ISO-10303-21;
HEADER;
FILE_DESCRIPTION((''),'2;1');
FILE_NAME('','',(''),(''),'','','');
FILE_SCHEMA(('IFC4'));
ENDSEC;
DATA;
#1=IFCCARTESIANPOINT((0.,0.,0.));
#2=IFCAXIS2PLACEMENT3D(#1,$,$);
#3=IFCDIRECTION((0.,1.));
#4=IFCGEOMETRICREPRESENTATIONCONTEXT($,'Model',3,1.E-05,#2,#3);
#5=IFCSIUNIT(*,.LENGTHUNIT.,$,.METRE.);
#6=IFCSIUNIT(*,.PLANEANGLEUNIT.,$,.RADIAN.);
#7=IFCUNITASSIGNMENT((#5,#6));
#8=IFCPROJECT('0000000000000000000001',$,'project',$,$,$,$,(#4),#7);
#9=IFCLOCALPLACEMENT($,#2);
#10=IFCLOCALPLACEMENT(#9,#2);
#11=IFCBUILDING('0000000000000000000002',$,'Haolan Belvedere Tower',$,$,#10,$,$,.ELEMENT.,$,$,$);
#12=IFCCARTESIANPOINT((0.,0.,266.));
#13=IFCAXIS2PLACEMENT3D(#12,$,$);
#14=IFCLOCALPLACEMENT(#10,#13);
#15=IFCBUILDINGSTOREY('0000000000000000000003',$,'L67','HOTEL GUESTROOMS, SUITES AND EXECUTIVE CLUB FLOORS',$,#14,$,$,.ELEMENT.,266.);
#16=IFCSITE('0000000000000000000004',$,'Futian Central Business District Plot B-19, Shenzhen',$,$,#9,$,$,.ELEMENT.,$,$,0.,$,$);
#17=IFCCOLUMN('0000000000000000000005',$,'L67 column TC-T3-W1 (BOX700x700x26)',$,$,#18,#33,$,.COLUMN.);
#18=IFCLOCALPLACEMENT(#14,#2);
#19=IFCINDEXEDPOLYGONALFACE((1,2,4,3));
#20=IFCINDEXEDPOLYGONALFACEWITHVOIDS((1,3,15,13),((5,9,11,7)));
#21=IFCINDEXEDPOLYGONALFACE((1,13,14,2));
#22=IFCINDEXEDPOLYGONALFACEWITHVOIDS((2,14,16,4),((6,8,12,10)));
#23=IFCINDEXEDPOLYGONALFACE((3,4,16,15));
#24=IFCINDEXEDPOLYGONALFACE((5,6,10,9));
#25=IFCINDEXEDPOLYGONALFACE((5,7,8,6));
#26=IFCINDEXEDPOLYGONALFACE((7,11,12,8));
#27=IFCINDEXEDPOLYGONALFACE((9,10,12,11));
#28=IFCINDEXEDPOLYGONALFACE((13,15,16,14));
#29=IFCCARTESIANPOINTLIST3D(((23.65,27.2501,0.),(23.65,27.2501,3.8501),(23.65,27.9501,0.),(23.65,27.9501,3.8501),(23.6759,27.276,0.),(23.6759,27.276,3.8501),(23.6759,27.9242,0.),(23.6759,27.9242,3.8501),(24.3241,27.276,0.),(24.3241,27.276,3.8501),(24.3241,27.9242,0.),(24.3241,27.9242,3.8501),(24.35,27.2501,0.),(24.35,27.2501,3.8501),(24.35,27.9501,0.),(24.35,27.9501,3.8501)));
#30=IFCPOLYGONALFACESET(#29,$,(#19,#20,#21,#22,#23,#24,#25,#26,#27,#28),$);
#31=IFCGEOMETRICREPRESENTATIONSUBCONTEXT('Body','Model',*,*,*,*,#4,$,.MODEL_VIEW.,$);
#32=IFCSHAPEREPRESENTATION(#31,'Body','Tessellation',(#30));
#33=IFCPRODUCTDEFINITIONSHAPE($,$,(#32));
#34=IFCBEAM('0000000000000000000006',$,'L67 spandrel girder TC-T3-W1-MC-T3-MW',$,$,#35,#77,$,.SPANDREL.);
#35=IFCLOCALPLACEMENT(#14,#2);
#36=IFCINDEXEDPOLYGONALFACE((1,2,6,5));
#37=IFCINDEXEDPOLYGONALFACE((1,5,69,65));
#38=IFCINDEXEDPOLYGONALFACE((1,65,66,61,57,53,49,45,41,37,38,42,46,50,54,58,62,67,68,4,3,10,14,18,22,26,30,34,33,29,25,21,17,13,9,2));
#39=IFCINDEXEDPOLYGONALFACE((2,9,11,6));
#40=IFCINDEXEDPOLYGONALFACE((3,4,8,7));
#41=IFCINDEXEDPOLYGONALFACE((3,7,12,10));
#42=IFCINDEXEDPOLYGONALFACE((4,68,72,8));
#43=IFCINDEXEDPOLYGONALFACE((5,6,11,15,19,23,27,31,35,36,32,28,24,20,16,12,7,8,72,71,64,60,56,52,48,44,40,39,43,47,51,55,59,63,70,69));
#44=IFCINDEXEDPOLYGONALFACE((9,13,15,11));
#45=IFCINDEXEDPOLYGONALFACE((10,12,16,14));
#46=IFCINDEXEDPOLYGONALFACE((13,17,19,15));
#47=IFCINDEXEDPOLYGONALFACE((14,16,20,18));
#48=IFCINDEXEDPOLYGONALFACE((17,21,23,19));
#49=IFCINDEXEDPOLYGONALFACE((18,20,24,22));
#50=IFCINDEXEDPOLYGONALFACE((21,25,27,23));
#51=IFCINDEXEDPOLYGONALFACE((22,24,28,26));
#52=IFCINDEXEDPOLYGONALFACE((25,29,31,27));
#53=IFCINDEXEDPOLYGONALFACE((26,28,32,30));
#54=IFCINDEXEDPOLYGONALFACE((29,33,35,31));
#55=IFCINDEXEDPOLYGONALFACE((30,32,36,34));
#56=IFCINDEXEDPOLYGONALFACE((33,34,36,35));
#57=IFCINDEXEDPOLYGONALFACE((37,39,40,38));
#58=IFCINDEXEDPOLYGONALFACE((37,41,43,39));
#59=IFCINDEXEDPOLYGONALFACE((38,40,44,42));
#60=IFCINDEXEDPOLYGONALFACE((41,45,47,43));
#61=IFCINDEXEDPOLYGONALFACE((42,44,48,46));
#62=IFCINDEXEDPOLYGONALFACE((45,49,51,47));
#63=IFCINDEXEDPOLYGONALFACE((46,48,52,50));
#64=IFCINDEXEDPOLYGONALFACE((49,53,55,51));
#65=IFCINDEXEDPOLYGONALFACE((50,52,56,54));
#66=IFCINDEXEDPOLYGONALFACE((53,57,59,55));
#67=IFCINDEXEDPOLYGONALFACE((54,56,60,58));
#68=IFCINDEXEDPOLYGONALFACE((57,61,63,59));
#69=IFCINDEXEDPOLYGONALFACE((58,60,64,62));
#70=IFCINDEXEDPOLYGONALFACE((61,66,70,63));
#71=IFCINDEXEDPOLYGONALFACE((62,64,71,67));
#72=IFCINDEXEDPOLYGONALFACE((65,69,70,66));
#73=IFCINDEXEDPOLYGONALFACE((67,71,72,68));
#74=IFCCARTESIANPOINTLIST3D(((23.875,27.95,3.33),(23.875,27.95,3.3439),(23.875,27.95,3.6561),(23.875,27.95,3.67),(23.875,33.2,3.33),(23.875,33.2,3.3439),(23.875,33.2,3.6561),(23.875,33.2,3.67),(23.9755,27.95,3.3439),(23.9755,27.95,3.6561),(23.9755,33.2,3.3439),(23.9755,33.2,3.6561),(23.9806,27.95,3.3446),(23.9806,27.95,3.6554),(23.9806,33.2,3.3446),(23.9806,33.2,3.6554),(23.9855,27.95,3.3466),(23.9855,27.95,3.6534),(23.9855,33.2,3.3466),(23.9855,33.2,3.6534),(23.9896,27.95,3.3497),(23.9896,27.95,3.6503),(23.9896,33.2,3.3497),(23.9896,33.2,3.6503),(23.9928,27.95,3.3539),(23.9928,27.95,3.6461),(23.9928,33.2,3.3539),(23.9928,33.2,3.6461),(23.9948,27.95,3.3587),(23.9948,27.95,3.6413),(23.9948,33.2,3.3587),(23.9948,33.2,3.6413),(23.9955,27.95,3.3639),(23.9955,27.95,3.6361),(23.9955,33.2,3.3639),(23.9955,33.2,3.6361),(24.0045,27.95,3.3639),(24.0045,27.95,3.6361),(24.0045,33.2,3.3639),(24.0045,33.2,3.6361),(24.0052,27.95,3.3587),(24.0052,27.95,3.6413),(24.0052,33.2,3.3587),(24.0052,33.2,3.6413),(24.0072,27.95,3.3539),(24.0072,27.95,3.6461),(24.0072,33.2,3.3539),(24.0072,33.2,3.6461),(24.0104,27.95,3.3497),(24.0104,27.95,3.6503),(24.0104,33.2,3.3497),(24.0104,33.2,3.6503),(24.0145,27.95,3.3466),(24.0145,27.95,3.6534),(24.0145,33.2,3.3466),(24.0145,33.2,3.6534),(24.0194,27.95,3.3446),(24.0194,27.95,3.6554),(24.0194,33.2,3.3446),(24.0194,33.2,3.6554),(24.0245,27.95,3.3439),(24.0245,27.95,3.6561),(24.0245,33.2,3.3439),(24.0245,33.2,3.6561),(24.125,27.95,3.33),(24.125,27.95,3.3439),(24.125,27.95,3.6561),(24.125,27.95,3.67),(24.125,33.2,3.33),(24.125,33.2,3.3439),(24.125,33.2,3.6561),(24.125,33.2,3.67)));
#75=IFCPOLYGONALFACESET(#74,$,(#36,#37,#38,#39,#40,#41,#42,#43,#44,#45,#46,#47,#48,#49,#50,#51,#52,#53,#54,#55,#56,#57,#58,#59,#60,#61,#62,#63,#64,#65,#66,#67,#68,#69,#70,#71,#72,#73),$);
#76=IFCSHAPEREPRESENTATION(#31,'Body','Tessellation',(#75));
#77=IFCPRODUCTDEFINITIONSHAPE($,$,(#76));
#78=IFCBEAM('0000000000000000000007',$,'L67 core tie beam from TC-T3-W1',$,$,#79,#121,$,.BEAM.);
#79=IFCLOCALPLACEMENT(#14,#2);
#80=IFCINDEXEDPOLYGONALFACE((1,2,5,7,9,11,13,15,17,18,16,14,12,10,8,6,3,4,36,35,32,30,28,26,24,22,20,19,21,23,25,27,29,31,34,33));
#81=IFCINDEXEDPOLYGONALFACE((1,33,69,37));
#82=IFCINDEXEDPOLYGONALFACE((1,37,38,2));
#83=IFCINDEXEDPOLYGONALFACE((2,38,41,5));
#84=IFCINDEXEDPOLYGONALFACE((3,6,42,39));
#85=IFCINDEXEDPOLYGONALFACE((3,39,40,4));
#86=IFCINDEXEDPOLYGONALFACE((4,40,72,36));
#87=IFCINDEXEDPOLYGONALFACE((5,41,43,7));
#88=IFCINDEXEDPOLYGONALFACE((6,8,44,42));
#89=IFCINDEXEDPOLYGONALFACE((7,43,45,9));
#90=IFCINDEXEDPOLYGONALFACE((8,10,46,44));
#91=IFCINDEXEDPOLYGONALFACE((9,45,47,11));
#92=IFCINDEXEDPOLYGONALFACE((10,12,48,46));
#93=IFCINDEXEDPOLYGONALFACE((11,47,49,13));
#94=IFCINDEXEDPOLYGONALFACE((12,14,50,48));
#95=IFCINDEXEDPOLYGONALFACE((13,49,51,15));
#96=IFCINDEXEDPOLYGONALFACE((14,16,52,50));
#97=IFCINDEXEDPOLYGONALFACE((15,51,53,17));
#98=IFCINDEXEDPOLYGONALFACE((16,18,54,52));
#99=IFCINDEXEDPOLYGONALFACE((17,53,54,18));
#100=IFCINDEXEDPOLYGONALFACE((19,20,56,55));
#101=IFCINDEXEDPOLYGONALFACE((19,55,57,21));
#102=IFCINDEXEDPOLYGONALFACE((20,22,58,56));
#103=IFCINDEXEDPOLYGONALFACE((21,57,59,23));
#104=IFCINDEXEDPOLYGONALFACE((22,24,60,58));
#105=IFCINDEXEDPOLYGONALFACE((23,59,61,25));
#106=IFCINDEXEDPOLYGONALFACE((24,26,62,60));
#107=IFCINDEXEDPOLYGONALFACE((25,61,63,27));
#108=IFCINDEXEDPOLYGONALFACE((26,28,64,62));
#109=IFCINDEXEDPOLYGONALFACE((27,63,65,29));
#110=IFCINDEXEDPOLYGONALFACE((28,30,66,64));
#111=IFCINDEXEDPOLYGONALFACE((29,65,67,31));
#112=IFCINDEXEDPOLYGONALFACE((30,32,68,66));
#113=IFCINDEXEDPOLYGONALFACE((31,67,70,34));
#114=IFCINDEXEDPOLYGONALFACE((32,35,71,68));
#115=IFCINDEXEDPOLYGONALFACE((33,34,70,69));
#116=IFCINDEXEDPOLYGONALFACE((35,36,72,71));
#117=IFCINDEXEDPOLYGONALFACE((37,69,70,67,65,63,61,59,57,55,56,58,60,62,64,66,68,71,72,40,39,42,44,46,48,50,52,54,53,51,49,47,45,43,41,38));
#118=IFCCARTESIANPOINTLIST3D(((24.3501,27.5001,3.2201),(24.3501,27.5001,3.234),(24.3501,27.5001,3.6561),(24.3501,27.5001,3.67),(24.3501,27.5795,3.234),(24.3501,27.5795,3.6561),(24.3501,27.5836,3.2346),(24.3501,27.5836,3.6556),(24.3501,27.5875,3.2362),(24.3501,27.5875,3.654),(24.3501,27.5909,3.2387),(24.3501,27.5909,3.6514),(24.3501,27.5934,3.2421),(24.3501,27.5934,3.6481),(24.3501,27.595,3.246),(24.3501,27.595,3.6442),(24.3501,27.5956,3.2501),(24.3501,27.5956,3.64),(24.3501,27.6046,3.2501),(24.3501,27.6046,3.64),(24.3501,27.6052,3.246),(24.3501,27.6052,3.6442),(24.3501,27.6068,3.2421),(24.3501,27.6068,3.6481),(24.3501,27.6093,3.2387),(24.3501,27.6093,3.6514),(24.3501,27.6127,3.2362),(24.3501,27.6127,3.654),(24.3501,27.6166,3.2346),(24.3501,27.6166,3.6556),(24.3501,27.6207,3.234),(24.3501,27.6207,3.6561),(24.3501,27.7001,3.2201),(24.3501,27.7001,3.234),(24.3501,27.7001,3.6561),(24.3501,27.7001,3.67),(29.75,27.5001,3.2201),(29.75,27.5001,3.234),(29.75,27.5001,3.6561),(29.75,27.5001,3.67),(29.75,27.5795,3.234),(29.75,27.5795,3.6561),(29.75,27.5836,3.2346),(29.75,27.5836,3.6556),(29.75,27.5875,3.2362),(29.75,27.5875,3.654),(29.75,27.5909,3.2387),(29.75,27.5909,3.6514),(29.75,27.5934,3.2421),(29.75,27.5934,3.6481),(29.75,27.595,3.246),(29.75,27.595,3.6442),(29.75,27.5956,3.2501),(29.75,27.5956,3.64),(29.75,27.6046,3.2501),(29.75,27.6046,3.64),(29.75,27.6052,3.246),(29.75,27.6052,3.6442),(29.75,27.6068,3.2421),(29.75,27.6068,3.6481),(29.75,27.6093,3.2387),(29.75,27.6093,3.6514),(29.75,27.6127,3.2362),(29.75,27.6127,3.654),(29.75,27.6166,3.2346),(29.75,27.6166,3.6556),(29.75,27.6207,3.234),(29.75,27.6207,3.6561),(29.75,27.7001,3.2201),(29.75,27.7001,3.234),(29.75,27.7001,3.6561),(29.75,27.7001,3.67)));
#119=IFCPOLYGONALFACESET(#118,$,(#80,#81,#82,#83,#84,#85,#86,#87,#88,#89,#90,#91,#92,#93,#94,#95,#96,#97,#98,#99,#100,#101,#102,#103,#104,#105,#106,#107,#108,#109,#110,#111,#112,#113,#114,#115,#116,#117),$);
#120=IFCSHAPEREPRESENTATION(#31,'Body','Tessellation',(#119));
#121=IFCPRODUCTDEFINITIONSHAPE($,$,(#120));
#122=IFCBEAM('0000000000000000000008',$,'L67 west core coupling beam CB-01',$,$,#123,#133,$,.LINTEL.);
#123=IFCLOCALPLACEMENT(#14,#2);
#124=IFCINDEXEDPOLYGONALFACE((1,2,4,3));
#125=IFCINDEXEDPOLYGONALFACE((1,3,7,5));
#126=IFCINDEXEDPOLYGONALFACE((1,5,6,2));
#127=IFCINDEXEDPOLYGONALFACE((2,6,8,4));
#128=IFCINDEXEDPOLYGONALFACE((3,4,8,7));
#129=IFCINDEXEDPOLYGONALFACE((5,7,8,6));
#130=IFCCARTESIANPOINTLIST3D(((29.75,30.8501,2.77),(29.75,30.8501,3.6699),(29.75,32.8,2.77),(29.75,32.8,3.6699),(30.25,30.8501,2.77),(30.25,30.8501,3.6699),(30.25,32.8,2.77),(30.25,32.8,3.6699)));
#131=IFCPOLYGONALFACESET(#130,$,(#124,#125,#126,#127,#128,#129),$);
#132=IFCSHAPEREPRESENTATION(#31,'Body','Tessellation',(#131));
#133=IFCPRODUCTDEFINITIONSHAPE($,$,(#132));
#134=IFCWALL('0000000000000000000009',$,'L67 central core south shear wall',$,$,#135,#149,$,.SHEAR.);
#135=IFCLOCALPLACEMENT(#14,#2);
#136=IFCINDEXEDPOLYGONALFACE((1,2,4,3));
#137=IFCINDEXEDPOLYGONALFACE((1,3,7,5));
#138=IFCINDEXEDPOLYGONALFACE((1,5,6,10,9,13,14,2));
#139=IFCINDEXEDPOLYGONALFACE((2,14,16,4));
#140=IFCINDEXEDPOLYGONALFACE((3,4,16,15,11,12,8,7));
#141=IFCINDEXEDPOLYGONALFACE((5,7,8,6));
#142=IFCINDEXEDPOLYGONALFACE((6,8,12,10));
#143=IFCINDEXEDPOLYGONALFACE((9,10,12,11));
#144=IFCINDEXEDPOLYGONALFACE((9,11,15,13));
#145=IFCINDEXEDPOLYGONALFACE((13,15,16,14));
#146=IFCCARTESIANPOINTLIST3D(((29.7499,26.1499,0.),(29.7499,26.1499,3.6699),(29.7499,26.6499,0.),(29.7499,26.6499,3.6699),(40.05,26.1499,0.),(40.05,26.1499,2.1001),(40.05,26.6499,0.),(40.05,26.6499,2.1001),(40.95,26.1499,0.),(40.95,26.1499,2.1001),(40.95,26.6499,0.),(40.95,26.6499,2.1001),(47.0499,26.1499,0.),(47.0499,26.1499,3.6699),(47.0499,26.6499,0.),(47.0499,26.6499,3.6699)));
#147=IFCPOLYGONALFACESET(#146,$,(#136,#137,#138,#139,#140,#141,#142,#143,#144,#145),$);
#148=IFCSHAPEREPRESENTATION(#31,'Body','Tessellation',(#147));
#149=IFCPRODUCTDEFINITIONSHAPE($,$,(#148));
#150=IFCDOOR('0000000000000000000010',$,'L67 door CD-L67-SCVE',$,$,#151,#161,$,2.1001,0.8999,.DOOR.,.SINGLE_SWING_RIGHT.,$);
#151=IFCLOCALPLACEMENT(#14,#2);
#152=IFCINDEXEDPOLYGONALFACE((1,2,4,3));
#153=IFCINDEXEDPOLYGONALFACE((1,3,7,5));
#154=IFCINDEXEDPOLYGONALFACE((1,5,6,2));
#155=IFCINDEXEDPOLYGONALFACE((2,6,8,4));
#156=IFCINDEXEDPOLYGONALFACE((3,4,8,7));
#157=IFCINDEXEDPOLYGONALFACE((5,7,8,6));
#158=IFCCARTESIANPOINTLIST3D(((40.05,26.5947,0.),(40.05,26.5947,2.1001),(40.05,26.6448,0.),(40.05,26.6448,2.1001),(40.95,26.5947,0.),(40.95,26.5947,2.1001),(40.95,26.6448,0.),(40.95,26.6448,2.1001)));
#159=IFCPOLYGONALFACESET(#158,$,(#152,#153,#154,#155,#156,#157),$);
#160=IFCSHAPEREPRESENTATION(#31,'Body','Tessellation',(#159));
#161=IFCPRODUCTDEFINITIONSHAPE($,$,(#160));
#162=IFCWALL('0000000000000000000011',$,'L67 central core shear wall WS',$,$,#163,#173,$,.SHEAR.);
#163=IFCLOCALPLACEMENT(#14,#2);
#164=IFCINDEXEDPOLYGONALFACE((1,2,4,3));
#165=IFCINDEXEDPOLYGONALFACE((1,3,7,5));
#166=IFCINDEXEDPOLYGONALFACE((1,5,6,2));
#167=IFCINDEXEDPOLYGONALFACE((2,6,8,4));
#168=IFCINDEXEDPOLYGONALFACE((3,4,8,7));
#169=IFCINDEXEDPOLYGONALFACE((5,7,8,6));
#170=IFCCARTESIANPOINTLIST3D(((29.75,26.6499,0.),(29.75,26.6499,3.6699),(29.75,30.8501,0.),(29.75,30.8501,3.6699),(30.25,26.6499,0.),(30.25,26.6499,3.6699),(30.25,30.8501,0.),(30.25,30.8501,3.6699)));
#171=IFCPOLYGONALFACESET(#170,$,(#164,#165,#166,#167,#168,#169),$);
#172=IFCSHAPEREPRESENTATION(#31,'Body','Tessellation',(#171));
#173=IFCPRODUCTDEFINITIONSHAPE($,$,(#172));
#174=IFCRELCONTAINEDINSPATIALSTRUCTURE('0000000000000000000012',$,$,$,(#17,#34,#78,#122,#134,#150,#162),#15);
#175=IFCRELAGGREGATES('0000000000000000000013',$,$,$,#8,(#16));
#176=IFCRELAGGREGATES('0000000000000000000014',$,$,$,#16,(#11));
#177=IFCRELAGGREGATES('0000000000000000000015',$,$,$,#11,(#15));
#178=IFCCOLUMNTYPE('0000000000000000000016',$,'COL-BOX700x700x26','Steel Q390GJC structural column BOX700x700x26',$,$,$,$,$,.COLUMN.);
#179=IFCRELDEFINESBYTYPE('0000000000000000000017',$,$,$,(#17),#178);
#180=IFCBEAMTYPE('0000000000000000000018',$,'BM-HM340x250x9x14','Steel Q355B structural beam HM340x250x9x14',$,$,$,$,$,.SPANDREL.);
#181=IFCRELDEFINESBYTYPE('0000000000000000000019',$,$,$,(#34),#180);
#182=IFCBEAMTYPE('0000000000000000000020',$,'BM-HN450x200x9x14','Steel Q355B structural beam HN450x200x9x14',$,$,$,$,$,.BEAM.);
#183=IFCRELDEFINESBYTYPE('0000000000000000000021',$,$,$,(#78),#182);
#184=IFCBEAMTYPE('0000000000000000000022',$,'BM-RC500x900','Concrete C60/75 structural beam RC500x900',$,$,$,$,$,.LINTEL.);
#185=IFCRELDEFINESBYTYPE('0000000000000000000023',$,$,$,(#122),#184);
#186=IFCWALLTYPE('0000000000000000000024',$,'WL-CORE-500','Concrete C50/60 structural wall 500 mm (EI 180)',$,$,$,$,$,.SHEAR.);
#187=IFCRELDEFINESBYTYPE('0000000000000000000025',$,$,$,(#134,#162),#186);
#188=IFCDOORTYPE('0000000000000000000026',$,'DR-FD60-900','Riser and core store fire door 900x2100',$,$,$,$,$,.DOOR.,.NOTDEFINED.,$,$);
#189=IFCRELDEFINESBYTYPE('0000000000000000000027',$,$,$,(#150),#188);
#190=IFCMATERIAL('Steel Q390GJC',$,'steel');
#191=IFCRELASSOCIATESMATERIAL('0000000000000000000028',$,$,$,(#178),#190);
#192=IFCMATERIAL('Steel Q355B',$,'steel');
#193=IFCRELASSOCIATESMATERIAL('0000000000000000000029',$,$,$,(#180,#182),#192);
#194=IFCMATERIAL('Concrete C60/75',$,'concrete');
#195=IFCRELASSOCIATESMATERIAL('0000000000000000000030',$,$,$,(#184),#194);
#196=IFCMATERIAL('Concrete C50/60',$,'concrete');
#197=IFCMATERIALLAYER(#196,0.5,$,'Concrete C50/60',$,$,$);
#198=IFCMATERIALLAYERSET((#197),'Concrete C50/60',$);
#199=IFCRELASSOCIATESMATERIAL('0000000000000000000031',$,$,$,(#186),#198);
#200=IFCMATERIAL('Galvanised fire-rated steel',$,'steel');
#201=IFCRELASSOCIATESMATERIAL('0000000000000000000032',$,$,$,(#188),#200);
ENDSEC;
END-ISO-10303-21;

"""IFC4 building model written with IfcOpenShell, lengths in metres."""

from ifc_helpers import new_model, si_unit, direction, frame, frame_2d, origin, origin_2d, place, context, subcontext, project, spatial, rectangle, hollow_rectangle, i_section, extrude, material, layer, layer_set, material_profile, profile_set, type_object, element, fill, save


model = new_model("IFC4")

# Units and contexts
model_context = context("Model", 3, precision=1e-05, world=origin(), true_north=direction((0.0, 1.0)))
body_context = subcontext(model_context, "Body", "Model", "MODEL_VIEW")
ifc_project = project(units=[si_unit("LENGTHUNIT", "METRE"), si_unit("PLANEANGLEUNIT", "RADIAN")], contexts=[model_context])

# Site, building, storey
site_placement = place(None, origin())
site = spatial("IfcSite", under=ifc_project, at=site_placement, Name="Futian Central Business District Plot B-19, Shenzhen", CompositionType="ELEMENT", RefElevation=0.0)
building_placement = place(site_placement, origin())
building = spatial("IfcBuilding", under=site, at=building_placement, Name="Haolan Belvedere Tower", CompositionType="ELEMENT")
storey_placement = place(building_placement, frame((0.0, 0.0, 266.0)))
storey = spatial("IfcBuildingStorey", under=building, at=storey_placement, Name="L67", Description="HOTEL GUESTROOMS, SUITES AND EXECUTIVE CLUB FLOORS", CompositionType="ELEMENT", Elevation=266.0)

# Column
ifc_material_1 = material(Name="Steel Q390GJC", Category="steel")
ifc_material_profile_1 = material_profile(ifc_material_1, hollow_rectangle(XDim=0.7, YDim=0.7, WallThickness=0.0259, at=origin_2d()), Name="Steel Q390GJC")
ifc_profile_set_1 = profile_set([ifc_material_profile_1], Name="Steel Q390GJC")
column_type = type_object("IfcColumnType", Name="COL-BOX700x700x26", Description="Steel Q390GJC structural column BOX700x700x26", PredefinedType="COLUMN", material=ifc_profile_set_1)
column_placement = place(storey_placement, frame((24.0, 27.6001, 0.0), z_axis=(0.0, 0.0, 1.0), x_axis=(1.0, 0.0, 0.0)))
element("IfcColumn", 1, at=column_placement, inside=storey, type_object=column_type, Name="L67 column TC-T3-W1 (BOX700x700x26)", PredefinedType="COLUMN", context=body_context, shape_type="SweptSolid", body=[
    extrude(hollow_rectangle(XDim=0.7, YDim=0.7, WallThickness=0.0259, at=origin_2d()), origin(), (0.0, 0.0, 1.0), 3.8501),
])

# Beams
ifc_material_2 = material(Name="Steel Q355B", Category="steel")
ifc_material_profile_2 = material_profile(ifc_material_2, i_section(OverallWidth=0.25, OverallDepth=0.3401, WebThickness=0.009, FlangeThickness=0.0139, FilletRadius=0.02, at=origin_2d()), Name="Steel Q355B")
ifc_profile_set_2 = profile_set([ifc_material_profile_2], Name="Steel Q355B")
beam_type_1 = type_object("IfcBeamType", Name="BM-HM340x250x9x14", Description="Steel Q355B structural beam HM340x250x9x14", PredefinedType="SPANDREL", material=ifc_profile_set_2)
beam_1_placement = place(storey_placement, frame((24.0, 27.95, 3.5), z_axis=(0.0, 1.0, 0.0), x_axis=(-1.0, 0.0, 0.0)))
element("IfcBeam", 2, at=beam_1_placement, inside=storey, type_object=beam_type_1, Name="L67 spandrel girder TC-T3-W1-MC-T3-MW", PredefinedType="SPANDREL", context=body_context, shape_type="SweptSolid", body=[
    extrude(i_section(OverallWidth=0.25, OverallDepth=0.3401, WebThickness=0.009, FlangeThickness=0.0139, FilletRadius=0.02, at=origin_2d()), origin(), (0.0, 0.0, 1.0), 5.25),
])
ifc_material_profile_3 = material_profile(ifc_material_2, i_section(OverallWidth=0.2, OverallDepth=0.45, WebThickness=0.009, FlangeThickness=0.0139, FilletRadius=0.0161, at=origin_2d()), Name="Steel Q355B")
ifc_profile_set_3 = profile_set([ifc_material_profile_3], Name="Steel Q355B")
beam_type_2 = type_object("IfcBeamType", Name="BM-HN450x200x9x14", Description="Steel Q355B structural beam HN450x200x9x14", PredefinedType="BEAM", material=ifc_profile_set_3)
beam_2_placement = place(storey_placement, frame((24.3501, 27.6001, 3.4451), z_axis=(1.0, 0.0, 0.0), x_axis=(0.0, 1.0, 0.0)))
element("IfcBeam", 3, at=beam_2_placement, inside=storey, type_object=beam_type_2, Name="L67 core tie beam from TC-T3-W1", PredefinedType="BEAM", context=body_context, shape_type="SweptSolid", body=[
    extrude(i_section(OverallWidth=0.2, OverallDepth=0.45, WebThickness=0.009, FlangeThickness=0.0139, FilletRadius=0.0161, at=origin_2d()), origin(), (0.0, 0.0, 1.0), 5.3999),
])
ifc_material_3 = material(Name="Concrete C60/75", Category="concrete")
ifc_material_profile_4 = material_profile(ifc_material_3, rectangle(XDim=0.5, YDim=0.8999, at=origin_2d()), Name="Concrete C60/75")
ifc_profile_set_4 = profile_set([ifc_material_profile_4], Name="Concrete C60/75")
beam_type_3 = type_object("IfcBeamType", Name="BM-RC500x900", Description="Concrete C60/75 structural beam RC500x900", PredefinedType="LINTEL", material=ifc_profile_set_4)
beam_3_placement = place(storey_placement, frame((30.0, 30.8501, 3.22), z_axis=(0.0, 1.0, 0.0), x_axis=(-1.0, 0.0, 0.0)))
element("IfcBeam", 4, at=beam_3_placement, inside=storey, type_object=beam_type_3, Name="L67 west core coupling beam CB-01", PredefinedType="LINTEL", context=body_context, shape_type="SweptSolid", body=[
    extrude(rectangle(XDim=0.5, YDim=0.8999, at=origin_2d()), origin(), (0.0, 0.0, 1.0), 1.95),
])

# Wall, opening, door
ifc_material_4 = material(Name="Concrete C50/60", Category="concrete")
ifc_layer_1 = layer(ifc_material_4, 0.5, Name="Concrete C50/60")
ifc_layer_set_1 = layer_set([ifc_layer_1], Name="Concrete C50/60")
wall_type_1 = type_object("IfcWallType", Name="WL-CORE-500", Description="Concrete C50/60 structural wall 500 mm (EI 180)", PredefinedType="SHEAR", material=ifc_layer_set_1)
wall_1_placement = place(storey_placement, frame((29.75, 26.3999, 0.0), z_axis=(0.0, 0.0, 1.0), x_axis=(1.0, 0.0, 0.0)))
wall_1 = element("IfcWall", 5, at=wall_1_placement, inside=storey, type_object=wall_type_1, Name="L67 central core south shear wall", PredefinedType="SHEAR", context=body_context, shape_type="SweptSolid", body=[
    extrude(rectangle(XDim=17.3, YDim=0.5, at=frame_2d((8.6499, 0.0))), origin(), (0.0, 0.0, 1.0), 3.6699),
])
opening_1_placement = place(wall_1_placement, frame((11.2, 0.0, 0.0), z_axis=(0.0, 0.0, 1.0), x_axis=(-1.0, 0.0, 0.0)))
opening_1 = element("IfcOpeningElement", 6, at=opening_1_placement, cuts=wall_1, PredefinedType="OPENING", context=body_context, shape_type="SweptSolid", body=[
    extrude(rectangle(XDim=0.8999, YDim=2.1001, at=frame_2d((0.45, 1.05))), frame((0.0, 0.26, 0.0), z_axis=(0.0, -1.0, 0.0), x_axis=(1.0, 0.0, 0.0)), (0.0, 0.0, 1.0), 0.52),
])
ifc_material_5 = material(Name="Galvanised fire-rated steel", Category="steel")
door_type_1 = type_object("IfcDoorType", Name="DR-FD60-900", Description="Riser and core store fire door 900x2100", OperationType="NOTDEFINED", PredefinedType="DOOR", material=ifc_material_5)
door_1_placement = place(opening_1_placement, origin())
door_1 = element("IfcDoor", 7, at=door_1_placement, inside=storey, type_object=door_type_1, Name="L67 door CD-L67-SCVE", OperationType="SINGLE_SWING_RIGHT", OverallHeight=2.1001, OverallWidth=0.8999, PredefinedType="DOOR", context=body_context, shape_type="SweptSolid", body=[
    extrude(rectangle(XDim=0.8999, YDim=2.1001, at=frame_2d((0.45, 1.05))), frame((0.0, -0.1948, 0.0), z_axis=(0.0, -1.0, 0.0), x_axis=(1.0, 0.0, 0.0)), (0.0, 0.0, 1.0), 0.05),
])
fill(opening_1, door_1)

# Wall
wall_2_placement = place(storey_placement, frame((30.0, 26.6499, 0.0), z_axis=(0.0, 0.0, 1.0), x_axis=(0.0, 1.0, 0.0)))
element("IfcWall", 8, at=wall_2_placement, inside=storey, type_object=wall_type_1, Name="L67 central core shear wall WS", PredefinedType="SHEAR", context=body_context, shape_type="SweptSolid", body=[
    extrude(rectangle(XDim=4.2002, YDim=0.5, at=frame_2d((2.1001, 0.0))), origin(), (0.0, 0.0, 1.0), 3.6699),
])

save(model, "model.ifc")
